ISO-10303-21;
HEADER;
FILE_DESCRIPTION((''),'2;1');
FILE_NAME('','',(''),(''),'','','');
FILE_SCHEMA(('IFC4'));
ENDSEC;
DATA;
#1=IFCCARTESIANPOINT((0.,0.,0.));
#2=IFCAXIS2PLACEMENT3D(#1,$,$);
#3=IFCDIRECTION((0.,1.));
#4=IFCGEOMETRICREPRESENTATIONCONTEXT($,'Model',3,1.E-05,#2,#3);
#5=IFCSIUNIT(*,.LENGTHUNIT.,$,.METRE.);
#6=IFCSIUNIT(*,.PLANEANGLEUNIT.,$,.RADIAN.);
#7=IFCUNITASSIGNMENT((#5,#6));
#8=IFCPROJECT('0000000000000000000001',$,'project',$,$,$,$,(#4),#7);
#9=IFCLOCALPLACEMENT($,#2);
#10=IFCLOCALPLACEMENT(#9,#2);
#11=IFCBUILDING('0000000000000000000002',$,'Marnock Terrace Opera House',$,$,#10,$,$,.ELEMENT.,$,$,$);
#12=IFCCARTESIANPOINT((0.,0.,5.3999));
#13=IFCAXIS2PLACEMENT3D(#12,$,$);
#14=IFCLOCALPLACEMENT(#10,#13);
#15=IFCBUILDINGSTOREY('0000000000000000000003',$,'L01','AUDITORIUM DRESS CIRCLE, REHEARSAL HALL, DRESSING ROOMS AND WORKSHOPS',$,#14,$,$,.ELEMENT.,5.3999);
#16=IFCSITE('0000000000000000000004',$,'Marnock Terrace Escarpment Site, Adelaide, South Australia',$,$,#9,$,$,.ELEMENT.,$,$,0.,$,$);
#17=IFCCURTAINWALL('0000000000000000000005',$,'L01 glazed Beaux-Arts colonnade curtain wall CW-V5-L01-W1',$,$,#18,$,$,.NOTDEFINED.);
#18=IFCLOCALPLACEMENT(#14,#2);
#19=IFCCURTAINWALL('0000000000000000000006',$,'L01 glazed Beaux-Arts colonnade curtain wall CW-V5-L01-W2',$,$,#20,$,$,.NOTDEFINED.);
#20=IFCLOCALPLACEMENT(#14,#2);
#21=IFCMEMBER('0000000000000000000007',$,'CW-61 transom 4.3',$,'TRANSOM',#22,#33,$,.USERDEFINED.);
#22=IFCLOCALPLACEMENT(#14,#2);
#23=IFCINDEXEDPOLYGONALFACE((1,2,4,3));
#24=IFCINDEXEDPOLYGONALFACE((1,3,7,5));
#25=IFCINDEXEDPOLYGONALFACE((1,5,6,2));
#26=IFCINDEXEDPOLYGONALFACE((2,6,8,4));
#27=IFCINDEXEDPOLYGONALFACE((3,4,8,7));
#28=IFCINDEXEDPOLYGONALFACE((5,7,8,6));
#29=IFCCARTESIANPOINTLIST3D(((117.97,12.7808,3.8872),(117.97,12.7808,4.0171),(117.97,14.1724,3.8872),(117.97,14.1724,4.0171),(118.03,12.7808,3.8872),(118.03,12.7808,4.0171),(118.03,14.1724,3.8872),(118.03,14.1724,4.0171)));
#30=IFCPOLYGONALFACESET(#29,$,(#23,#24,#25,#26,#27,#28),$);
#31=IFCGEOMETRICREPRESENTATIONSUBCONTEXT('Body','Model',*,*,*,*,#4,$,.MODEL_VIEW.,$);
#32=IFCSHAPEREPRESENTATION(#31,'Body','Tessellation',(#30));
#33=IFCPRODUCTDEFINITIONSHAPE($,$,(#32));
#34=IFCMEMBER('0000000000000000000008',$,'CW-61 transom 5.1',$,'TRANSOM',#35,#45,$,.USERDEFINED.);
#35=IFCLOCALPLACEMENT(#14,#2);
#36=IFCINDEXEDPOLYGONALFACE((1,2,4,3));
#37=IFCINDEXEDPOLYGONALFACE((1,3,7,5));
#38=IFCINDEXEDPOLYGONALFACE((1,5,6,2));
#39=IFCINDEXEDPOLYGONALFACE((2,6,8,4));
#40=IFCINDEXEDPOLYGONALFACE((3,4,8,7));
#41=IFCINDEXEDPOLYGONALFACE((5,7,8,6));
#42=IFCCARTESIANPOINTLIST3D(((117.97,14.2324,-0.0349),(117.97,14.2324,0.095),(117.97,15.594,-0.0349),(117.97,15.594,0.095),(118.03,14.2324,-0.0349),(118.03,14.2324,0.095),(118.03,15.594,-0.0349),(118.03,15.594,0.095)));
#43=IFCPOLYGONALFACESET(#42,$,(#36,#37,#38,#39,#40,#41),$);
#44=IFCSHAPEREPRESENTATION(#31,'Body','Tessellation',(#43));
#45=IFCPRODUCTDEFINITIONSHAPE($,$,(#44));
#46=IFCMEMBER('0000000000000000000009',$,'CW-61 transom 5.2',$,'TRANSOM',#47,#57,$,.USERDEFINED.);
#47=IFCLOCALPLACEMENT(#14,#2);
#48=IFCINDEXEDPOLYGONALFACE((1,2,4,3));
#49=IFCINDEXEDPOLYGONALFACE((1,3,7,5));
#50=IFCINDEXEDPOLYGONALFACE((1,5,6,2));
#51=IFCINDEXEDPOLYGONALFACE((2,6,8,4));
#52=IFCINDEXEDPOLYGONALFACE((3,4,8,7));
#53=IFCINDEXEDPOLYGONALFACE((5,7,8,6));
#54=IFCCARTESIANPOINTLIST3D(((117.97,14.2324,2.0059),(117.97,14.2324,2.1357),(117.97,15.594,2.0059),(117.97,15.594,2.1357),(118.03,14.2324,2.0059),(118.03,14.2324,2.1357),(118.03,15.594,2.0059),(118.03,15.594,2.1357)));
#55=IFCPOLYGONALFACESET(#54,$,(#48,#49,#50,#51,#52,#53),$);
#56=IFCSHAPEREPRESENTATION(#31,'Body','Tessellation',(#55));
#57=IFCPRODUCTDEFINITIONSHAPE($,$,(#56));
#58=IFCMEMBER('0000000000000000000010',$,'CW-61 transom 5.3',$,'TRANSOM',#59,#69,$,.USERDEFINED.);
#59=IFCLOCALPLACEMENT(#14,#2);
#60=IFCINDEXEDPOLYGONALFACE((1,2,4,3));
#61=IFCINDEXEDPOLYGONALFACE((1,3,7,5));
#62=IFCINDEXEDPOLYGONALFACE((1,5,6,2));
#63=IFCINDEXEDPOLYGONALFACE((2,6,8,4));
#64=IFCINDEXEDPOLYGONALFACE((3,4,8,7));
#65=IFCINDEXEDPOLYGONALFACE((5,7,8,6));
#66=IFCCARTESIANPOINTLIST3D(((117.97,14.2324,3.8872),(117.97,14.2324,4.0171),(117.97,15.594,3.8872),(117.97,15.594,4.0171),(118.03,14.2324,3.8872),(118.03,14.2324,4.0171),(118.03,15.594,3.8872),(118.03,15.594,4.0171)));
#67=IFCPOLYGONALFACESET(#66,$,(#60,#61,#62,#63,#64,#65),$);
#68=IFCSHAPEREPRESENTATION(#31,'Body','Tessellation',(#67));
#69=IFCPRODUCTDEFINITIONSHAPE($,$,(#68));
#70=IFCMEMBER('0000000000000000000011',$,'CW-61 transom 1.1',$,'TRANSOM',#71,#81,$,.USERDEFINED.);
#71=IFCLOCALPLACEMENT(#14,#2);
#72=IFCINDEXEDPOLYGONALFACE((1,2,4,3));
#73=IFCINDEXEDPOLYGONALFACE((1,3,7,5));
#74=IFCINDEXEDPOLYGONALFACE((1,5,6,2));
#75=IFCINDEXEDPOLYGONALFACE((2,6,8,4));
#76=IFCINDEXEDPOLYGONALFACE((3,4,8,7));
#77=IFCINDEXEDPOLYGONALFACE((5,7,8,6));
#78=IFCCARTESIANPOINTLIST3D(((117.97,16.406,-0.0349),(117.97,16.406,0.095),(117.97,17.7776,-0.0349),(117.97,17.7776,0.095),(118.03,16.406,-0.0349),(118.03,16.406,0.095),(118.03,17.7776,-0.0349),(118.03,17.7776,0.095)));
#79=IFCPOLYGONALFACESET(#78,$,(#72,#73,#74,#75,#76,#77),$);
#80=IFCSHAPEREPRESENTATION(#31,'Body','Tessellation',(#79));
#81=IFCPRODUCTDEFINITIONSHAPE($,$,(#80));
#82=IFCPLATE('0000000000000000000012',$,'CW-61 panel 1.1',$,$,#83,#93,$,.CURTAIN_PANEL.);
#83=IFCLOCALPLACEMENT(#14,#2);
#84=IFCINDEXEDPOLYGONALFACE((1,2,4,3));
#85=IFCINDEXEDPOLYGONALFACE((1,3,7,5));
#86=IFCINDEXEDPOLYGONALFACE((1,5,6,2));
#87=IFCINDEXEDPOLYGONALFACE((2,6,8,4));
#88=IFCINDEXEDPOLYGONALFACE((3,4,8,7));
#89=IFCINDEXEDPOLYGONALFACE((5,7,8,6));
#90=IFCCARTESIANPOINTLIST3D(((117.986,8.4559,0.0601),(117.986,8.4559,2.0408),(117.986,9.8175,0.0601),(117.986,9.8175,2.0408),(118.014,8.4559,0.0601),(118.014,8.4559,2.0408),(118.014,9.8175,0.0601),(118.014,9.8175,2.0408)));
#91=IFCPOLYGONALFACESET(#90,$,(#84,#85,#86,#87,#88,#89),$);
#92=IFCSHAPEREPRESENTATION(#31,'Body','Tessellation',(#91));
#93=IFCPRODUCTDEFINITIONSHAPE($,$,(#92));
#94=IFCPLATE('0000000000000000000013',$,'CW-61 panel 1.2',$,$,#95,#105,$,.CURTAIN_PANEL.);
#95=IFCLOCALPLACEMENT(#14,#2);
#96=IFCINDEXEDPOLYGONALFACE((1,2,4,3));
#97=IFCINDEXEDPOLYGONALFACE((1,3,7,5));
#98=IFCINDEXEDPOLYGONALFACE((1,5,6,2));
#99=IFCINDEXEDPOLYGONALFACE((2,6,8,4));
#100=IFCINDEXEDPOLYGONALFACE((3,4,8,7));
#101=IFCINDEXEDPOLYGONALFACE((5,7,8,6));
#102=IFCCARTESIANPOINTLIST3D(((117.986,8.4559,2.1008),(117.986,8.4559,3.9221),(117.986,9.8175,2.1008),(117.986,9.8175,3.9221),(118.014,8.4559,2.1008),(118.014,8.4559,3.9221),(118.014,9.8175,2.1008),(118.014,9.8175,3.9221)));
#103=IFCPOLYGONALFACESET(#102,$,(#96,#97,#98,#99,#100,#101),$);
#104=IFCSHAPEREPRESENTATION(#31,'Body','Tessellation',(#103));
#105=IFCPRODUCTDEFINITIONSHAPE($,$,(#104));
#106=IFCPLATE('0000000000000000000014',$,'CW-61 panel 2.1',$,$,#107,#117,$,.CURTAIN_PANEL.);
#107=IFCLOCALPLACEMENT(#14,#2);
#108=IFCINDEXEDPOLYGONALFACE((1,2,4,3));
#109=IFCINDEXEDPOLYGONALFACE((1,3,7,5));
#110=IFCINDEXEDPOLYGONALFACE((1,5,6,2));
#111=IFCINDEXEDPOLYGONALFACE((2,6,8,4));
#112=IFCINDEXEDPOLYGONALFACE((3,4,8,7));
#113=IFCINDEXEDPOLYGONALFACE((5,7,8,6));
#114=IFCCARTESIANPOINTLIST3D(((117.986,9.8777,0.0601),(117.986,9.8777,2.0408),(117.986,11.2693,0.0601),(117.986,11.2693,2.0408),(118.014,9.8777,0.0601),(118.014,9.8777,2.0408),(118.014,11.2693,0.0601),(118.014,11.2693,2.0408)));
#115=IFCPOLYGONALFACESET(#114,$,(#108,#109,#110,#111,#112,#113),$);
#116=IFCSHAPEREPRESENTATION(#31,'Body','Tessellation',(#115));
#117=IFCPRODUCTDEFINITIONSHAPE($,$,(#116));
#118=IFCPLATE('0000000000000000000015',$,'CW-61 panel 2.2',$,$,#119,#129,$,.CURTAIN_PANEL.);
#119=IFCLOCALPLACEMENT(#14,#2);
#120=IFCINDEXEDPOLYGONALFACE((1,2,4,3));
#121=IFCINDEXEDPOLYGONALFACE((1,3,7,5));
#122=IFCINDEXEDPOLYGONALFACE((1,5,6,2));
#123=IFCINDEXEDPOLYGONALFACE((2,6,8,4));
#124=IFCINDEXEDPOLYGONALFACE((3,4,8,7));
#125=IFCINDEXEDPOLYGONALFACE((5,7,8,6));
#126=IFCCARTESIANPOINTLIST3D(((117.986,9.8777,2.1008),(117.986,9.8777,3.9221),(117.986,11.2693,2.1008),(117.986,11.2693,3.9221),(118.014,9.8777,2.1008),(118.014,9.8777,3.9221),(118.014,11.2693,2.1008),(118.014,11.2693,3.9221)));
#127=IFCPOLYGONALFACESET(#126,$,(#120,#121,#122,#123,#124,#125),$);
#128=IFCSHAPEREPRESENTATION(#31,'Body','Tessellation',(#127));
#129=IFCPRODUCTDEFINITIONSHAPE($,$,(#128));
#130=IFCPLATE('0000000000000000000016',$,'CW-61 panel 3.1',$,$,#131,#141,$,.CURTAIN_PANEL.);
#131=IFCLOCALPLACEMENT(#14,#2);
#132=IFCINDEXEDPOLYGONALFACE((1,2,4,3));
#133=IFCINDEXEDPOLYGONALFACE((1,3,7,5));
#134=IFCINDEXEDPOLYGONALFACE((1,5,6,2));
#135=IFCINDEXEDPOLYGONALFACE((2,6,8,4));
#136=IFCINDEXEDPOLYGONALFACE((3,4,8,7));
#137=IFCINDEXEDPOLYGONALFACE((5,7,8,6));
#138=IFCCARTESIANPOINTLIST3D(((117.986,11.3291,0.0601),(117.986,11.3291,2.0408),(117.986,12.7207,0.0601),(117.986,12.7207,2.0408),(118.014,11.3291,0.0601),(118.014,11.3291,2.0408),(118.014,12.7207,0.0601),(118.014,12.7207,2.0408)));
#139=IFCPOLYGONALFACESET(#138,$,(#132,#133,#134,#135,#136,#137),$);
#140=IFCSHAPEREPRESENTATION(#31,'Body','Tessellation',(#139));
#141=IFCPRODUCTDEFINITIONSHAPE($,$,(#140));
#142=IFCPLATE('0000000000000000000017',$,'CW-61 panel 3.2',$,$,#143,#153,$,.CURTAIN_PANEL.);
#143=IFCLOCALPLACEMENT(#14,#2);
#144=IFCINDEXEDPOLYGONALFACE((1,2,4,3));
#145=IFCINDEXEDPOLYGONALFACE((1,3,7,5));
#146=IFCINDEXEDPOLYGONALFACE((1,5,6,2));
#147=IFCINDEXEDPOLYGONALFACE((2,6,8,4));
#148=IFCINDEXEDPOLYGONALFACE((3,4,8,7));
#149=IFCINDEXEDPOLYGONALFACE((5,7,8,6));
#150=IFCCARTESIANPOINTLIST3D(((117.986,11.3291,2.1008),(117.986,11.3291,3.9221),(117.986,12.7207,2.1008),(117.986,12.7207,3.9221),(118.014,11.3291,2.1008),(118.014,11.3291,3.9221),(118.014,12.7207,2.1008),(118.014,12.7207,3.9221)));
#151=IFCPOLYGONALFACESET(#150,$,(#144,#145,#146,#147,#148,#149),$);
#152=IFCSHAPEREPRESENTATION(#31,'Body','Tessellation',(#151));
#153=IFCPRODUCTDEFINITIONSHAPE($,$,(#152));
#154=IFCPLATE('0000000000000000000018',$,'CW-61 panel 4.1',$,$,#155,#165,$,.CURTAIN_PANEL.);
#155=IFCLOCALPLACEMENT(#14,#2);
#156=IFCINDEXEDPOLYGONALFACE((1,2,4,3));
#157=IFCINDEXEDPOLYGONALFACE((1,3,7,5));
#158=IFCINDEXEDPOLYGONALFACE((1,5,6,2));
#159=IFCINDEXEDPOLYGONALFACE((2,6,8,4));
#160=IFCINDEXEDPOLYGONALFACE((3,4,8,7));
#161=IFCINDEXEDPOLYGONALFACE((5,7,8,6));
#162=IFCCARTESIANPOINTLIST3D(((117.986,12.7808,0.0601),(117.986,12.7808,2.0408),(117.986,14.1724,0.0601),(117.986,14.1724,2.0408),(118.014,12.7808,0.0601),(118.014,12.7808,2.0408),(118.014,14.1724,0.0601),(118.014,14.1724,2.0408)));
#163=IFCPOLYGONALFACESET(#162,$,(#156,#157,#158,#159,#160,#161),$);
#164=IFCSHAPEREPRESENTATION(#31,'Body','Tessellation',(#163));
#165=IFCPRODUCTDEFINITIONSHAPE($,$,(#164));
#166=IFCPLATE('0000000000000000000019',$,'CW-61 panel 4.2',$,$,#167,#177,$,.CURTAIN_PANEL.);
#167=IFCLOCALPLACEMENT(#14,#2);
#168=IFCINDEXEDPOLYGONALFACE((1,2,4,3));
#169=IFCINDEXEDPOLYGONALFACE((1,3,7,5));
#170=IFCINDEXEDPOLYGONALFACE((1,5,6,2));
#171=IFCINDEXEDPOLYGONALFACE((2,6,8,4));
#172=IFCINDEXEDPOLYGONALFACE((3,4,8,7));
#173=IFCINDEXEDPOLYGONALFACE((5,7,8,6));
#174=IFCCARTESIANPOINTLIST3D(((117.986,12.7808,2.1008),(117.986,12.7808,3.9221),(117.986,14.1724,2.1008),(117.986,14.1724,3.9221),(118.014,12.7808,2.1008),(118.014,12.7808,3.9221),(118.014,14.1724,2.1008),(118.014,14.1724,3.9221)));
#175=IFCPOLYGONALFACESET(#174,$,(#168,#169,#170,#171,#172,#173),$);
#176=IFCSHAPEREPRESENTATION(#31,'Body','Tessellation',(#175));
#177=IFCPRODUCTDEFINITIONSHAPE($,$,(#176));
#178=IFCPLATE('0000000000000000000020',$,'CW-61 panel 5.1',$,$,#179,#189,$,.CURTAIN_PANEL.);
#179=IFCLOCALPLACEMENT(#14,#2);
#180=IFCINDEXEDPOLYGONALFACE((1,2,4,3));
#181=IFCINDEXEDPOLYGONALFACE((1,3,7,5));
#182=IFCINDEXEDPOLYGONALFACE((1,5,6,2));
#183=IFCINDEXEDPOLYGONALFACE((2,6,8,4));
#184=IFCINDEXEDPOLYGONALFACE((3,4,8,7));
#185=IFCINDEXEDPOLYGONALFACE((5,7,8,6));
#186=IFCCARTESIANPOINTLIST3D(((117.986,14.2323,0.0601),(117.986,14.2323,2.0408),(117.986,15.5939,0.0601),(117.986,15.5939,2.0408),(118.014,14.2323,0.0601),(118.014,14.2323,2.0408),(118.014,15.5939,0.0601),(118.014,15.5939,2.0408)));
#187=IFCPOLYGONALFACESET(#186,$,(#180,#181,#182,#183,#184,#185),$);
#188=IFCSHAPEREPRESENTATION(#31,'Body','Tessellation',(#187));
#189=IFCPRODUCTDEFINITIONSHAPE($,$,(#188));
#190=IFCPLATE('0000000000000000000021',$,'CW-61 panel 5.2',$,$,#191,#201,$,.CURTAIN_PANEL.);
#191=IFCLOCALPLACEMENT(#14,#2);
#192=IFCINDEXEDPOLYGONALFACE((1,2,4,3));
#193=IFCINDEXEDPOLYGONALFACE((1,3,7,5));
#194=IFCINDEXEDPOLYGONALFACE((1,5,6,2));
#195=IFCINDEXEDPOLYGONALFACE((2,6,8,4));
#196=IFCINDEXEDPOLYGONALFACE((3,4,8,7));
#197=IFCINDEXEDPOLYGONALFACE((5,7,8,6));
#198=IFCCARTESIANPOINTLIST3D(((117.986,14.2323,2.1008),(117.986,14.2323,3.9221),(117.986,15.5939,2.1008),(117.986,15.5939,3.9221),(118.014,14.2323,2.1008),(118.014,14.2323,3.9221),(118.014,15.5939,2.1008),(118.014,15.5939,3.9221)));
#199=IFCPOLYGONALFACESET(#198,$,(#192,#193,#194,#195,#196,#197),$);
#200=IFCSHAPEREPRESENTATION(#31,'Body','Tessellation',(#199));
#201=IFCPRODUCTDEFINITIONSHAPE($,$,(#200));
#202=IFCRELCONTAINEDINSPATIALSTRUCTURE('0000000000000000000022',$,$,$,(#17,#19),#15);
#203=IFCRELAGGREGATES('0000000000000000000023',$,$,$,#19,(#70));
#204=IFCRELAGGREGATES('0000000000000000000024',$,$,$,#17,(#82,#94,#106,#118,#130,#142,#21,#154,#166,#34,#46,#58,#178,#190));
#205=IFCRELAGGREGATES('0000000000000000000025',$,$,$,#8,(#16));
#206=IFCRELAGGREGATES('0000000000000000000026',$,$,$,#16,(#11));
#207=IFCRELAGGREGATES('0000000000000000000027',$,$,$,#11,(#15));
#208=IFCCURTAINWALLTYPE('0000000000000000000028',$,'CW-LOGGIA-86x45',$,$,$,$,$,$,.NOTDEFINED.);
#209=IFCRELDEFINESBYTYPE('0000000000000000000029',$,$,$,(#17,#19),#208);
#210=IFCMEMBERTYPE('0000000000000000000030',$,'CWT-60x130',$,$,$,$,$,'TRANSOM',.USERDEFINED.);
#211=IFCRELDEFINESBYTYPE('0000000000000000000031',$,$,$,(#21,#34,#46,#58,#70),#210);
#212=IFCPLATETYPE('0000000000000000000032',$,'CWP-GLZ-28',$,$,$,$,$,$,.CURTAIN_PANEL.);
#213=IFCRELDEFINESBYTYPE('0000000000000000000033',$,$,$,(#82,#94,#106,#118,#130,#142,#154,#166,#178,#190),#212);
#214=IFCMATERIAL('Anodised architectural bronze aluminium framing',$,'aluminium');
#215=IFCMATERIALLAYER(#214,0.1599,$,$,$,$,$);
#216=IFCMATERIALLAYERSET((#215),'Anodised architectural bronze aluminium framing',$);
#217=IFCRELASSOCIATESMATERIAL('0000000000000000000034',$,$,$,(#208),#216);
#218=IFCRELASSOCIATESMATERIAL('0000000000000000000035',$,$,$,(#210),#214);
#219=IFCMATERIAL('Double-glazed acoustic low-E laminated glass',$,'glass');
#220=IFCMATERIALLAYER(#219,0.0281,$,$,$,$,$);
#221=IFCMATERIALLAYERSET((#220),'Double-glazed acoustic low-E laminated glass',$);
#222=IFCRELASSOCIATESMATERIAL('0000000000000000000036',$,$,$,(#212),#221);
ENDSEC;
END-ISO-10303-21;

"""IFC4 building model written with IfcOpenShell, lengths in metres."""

from ifc_helpers import new_model, si_unit, direction, frame, origin, origin_2d, place, context, subcontext, project, spatial, rectangle, extrude, material, layer, layer_set, material_profile, profile_set, type_object, element, aggregate, save


model = new_model("IFC4")

# Units and contexts
model_context = context("Model", 3, precision=1e-05, world=origin(), true_north=direction((0.0, 1.0)))
body_context = subcontext(model_context, "Body", "Model", "MODEL_VIEW")
ifc_project = project(units=[si_unit("LENGTHUNIT", "METRE"), si_unit("PLANEANGLEUNIT", "RADIAN")], contexts=[model_context])

# Site, building, storey
site_placement = place(None, origin())
site = spatial("IfcSite", under=ifc_project, at=site_placement, Name="Marnock Terrace Escarpment Site, Adelaide, South Australia", CompositionType="ELEMENT", RefElevation=0.0)
building_placement = place(site_placement, origin())
building = spatial("IfcBuilding", under=site, at=building_placement, Name="Marnock Terrace Opera House", CompositionType="ELEMENT")
storey_placement = place(building_placement, frame((0.0, 0.0, 5.3999)))
storey = spatial("IfcBuildingStorey", under=building, at=storey_placement, Name="L01", Description="AUDITORIUM DRESS CIRCLE, REHEARSAL HALL, DRESSING ROOMS AND WORKSHOPS", CompositionType="ELEMENT", Elevation=5.3999)

# Curtain wall
ifc_material_1 = material(Name="Anodised architectural bronze aluminium framing", Category="aluminium")
ifc_layer_1 = layer(ifc_material_1, 0.1599)
ifc_layer_set_1 = layer_set([ifc_layer_1], Name="Anodised architectural bronze aluminium framing")
curtain_wall_type = type_object("IfcCurtainWallType", Name="CW-LOGGIA-86x45", PredefinedType="NOTDEFINED", material=ifc_layer_set_1)
curtain_wall_1_placement = place(storey_placement, origin())
curtain_wall_1 = element("IfcCurtainWall", 1, at=curtain_wall_1_placement, inside=storey, type_object=curtain_wall_type, Name="L01 glazed Beaux-Arts colonnade curtain wall CW-V5-L01-W1", PredefinedType="NOTDEFINED")

# Curtain wall
curtain_wall_2_placement = place(storey_placement, origin())
curtain_wall_2 = element("IfcCurtainWall", 2, at=curtain_wall_2_placement, inside=storey, type_object=curtain_wall_type, Name="L01 glazed Beaux-Arts colonnade curtain wall CW-V5-L01-W2", PredefinedType="NOTDEFINED")

# Members
ifc_material_profile_1 = material_profile(ifc_material_1, rectangle(XDim=0.0601, YDim=0.1299, at=origin_2d()))
ifc_profile_set_1 = profile_set([ifc_material_profile_1], Name="Anodised architectural bronze aluminium framing")
member_type_1 = type_object("IfcMemberType", Name="CWT-60x130", ElementType="TRANSOM", PredefinedType="USERDEFINED", material=ifc_profile_set_1)
member_1_placement = place(storey_placement, frame((118.0, 12.7808, 3.9521), z_axis=(0.0, 1.0, 0.0), x_axis=(-1.0, 0.0, 0.0)))
member_1 = element("IfcMember", 3, at=member_1_placement, type_object=member_type_1, Name="CW-61 transom 4.3", ObjectType="TRANSOM", PredefinedType="USERDEFINED", context=body_context, shape_type="SweptSolid", body=[
    extrude(rectangle(XDim=0.0601, YDim=0.1299, at=origin_2d()), origin(), (0.0, 0.0, 1.0), 1.3916),
])
member_2_placement = place(storey_placement, frame((118.0, 14.2324, 0.03), z_axis=(0.0, 1.0, 0.0), x_axis=(-1.0, 0.0, 0.0)))
member_2 = element("IfcMember", 4, at=member_2_placement, type_object=member_type_1, Name="CW-61 transom 5.1", ObjectType="TRANSOM", PredefinedType="USERDEFINED", context=body_context, shape_type="SweptSolid", body=[
    extrude(rectangle(XDim=0.0601, YDim=0.1299, at=origin_2d()), origin(), (0.0, 0.0, 1.0), 1.3616),
])
member_3_placement = place(storey_placement, frame((118.0, 14.2324, 2.0708), z_axis=(0.0, 1.0, 0.0), x_axis=(-1.0, 0.0, 0.0)))
member_3 = element("IfcMember", 5, at=member_3_placement, type_object=member_type_1, Name="CW-61 transom 5.2", ObjectType="TRANSOM", PredefinedType="USERDEFINED", context=body_context, shape_type="SweptSolid", body=[
    extrude(rectangle(XDim=0.0601, YDim=0.1299, at=origin_2d()), origin(), (0.0, 0.0, 1.0), 1.3616),
])
member_4_placement = place(storey_placement, frame((118.0, 14.2324, 3.9521), z_axis=(0.0, 1.0, 0.0), x_axis=(-1.0, 0.0, 0.0)))
member_4 = element("IfcMember", 6, at=member_4_placement, type_object=member_type_1, Name="CW-61 transom 5.3", ObjectType="TRANSOM", PredefinedType="USERDEFINED", context=body_context, shape_type="SweptSolid", body=[
    extrude(rectangle(XDim=0.0601, YDim=0.1299, at=origin_2d()), origin(), (0.0, 0.0, 1.0), 1.3616),
])
member_5_placement = place(storey_placement, frame((118.0, 16.406, 0.03), z_axis=(0.0, 1.0, 0.0), x_axis=(-1.0, 0.0, 0.0)))
member_5 = element("IfcMember", 7, at=member_5_placement, type_object=member_type_1, Name="CW-61 transom 1.1", ObjectType="TRANSOM", PredefinedType="USERDEFINED", context=body_context, shape_type="SweptSolid", body=[
    extrude(rectangle(XDim=0.0601, YDim=0.1299, at=origin_2d()), origin(), (0.0, 0.0, 1.0), 1.3716),
])
aggregate(curtain_wall_2, [member_5])

# Plates
ifc_material_2 = material(Name="Double-glazed acoustic low-E laminated glass", Category="glass")
ifc_layer_2 = layer(ifc_material_2, 0.0281)
ifc_layer_set_2 = layer_set([ifc_layer_2], Name="Double-glazed acoustic low-E laminated glass")
plate_type = type_object("IfcPlateType", Name="CWP-GLZ-28", PredefinedType="CURTAIN_PANEL", material=ifc_layer_set_2)
plate_1_placement = place(storey_placement, frame((118.0, 9.1367, 0.0601), z_axis=(0.0, 0.0, 1.0), x_axis=(0.0, 1.0, 0.0)))
plate_1 = element("IfcPlate", 8, at=plate_1_placement, type_object=plate_type, Name="CW-61 panel 1.1", PredefinedType="CURTAIN_PANEL", context=body_context, shape_type="SweptSolid", body=[
    extrude(rectangle(XDim=1.3616, YDim=0.0281, at=origin_2d()), origin(), (0.0, 0.0, 1.0), 1.9807),
])
plate_2_placement = place(storey_placement, frame((118.0, 9.1367, 2.1008), z_axis=(0.0, 0.0, 1.0), x_axis=(0.0, 1.0, 0.0)))
plate_2 = element("IfcPlate", 9, at=plate_2_placement, type_object=plate_type, Name="CW-61 panel 1.2", PredefinedType="CURTAIN_PANEL", context=body_context, shape_type="SweptSolid", body=[
    extrude(rectangle(XDim=1.3616, YDim=0.0281, at=origin_2d()), origin(), (0.0, 0.0, 1.0), 1.8213),
])
plate_3_placement = place(storey_placement, frame((118.0, 10.5735, 0.0601), z_axis=(0.0, 0.0, 1.0), x_axis=(0.0, 1.0, 0.0)))
plate_3 = element("IfcPlate", 10, at=plate_3_placement, type_object=plate_type, Name="CW-61 panel 2.1", PredefinedType="CURTAIN_PANEL", context=body_context, shape_type="SweptSolid", body=[
    extrude(rectangle(XDim=1.3916, YDim=0.0281, at=origin_2d()), origin(), (0.0, 0.0, 1.0), 1.9807),
])
plate_4_placement = place(storey_placement, frame((118.0, 10.5735, 2.1008), z_axis=(0.0, 0.0, 1.0), x_axis=(0.0, 1.0, 0.0)))
plate_4 = element("IfcPlate", 11, at=plate_4_placement, type_object=plate_type, Name="CW-61 panel 2.2", PredefinedType="CURTAIN_PANEL", context=body_context, shape_type="SweptSolid", body=[
    extrude(rectangle(XDim=1.3916, YDim=0.0281, at=origin_2d()), origin(), (0.0, 0.0, 1.0), 1.8213),
])
plate_5_placement = place(storey_placement, frame((118.0, 12.0249, 0.0601), z_axis=(0.0, 0.0, 1.0), x_axis=(0.0, 1.0, 0.0)))
plate_5 = element("IfcPlate", 12, at=plate_5_placement, type_object=plate_type, Name="CW-61 panel 3.1", PredefinedType="CURTAIN_PANEL", context=body_context, shape_type="SweptSolid", body=[
    extrude(rectangle(XDim=1.3916, YDim=0.0281, at=origin_2d()), origin(), (0.0, 0.0, 1.0), 1.9807),
])
plate_6_placement = place(storey_placement, frame((118.0, 12.0249, 2.1008), z_axis=(0.0, 0.0, 1.0), x_axis=(0.0, 1.0, 0.0)))
plate_6 = element("IfcPlate", 13, at=plate_6_placement, type_object=plate_type, Name="CW-61 panel 3.2", PredefinedType="CURTAIN_PANEL", context=body_context, shape_type="SweptSolid", body=[
    extrude(rectangle(XDim=1.3916, YDim=0.0281, at=origin_2d()), origin(), (0.0, 0.0, 1.0), 1.8213),
])
plate_7_placement = place(storey_placement, frame((118.0, 13.4766, 0.0601), z_axis=(0.0, 0.0, 1.0), x_axis=(0.0, 1.0, 0.0)))
plate_7 = element("IfcPlate", 14, at=plate_7_placement, type_object=plate_type, Name="CW-61 panel 4.1", PredefinedType="CURTAIN_PANEL", context=body_context, shape_type="SweptSolid", body=[
    extrude(rectangle(XDim=1.3916, YDim=0.0281, at=origin_2d()), origin(), (0.0, 0.0, 1.0), 1.9807),
])
plate_8_placement = place(storey_placement, frame((118.0, 13.4766, 2.1008), z_axis=(0.0, 0.0, 1.0), x_axis=(0.0, 1.0, 0.0)))
plate_8 = element("IfcPlate", 15, at=plate_8_placement, type_object=plate_type, Name="CW-61 panel 4.2", PredefinedType="CURTAIN_PANEL", context=body_context, shape_type="SweptSolid", body=[
    extrude(rectangle(XDim=1.3916, YDim=0.0281, at=origin_2d()), origin(), (0.0, 0.0, 1.0), 1.8213),
])
plate_9_placement = place(storey_placement, frame((118.0, 14.9131, 0.0601), z_axis=(0.0, 0.0, 1.0), x_axis=(0.0, 1.0, 0.0)))
plate_9 = element("IfcPlate", 16, at=plate_9_placement, type_object=plate_type, Name="CW-61 panel 5.1", PredefinedType="CURTAIN_PANEL", context=body_context, shape_type="SweptSolid", body=[
    extrude(rectangle(XDim=1.3616, YDim=0.0281, at=origin_2d()), origin(), (0.0, 0.0, 1.0), 1.9807),
])
plate_10_placement = place(storey_placement, frame((118.0, 14.9131, 2.1008), z_axis=(0.0, 0.0, 1.0), x_axis=(0.0, 1.0, 0.0)))
plate_10 = element("IfcPlate", 17, at=plate_10_placement, type_object=plate_type, Name="CW-61 panel 5.2", PredefinedType="CURTAIN_PANEL", context=body_context, shape_type="SweptSolid", body=[
    extrude(rectangle(XDim=1.3616, YDim=0.0281, at=origin_2d()), origin(), (0.0, 0.0, 1.0), 1.8213),
])
aggregate(curtain_wall_1, [plate_1, plate_2, plate_3, plate_4, plate_5, plate_6, member_1, plate_7, plate_8, member_2, member_3, member_4, plate_9, plate_10])

save(model, "model.ifc")
